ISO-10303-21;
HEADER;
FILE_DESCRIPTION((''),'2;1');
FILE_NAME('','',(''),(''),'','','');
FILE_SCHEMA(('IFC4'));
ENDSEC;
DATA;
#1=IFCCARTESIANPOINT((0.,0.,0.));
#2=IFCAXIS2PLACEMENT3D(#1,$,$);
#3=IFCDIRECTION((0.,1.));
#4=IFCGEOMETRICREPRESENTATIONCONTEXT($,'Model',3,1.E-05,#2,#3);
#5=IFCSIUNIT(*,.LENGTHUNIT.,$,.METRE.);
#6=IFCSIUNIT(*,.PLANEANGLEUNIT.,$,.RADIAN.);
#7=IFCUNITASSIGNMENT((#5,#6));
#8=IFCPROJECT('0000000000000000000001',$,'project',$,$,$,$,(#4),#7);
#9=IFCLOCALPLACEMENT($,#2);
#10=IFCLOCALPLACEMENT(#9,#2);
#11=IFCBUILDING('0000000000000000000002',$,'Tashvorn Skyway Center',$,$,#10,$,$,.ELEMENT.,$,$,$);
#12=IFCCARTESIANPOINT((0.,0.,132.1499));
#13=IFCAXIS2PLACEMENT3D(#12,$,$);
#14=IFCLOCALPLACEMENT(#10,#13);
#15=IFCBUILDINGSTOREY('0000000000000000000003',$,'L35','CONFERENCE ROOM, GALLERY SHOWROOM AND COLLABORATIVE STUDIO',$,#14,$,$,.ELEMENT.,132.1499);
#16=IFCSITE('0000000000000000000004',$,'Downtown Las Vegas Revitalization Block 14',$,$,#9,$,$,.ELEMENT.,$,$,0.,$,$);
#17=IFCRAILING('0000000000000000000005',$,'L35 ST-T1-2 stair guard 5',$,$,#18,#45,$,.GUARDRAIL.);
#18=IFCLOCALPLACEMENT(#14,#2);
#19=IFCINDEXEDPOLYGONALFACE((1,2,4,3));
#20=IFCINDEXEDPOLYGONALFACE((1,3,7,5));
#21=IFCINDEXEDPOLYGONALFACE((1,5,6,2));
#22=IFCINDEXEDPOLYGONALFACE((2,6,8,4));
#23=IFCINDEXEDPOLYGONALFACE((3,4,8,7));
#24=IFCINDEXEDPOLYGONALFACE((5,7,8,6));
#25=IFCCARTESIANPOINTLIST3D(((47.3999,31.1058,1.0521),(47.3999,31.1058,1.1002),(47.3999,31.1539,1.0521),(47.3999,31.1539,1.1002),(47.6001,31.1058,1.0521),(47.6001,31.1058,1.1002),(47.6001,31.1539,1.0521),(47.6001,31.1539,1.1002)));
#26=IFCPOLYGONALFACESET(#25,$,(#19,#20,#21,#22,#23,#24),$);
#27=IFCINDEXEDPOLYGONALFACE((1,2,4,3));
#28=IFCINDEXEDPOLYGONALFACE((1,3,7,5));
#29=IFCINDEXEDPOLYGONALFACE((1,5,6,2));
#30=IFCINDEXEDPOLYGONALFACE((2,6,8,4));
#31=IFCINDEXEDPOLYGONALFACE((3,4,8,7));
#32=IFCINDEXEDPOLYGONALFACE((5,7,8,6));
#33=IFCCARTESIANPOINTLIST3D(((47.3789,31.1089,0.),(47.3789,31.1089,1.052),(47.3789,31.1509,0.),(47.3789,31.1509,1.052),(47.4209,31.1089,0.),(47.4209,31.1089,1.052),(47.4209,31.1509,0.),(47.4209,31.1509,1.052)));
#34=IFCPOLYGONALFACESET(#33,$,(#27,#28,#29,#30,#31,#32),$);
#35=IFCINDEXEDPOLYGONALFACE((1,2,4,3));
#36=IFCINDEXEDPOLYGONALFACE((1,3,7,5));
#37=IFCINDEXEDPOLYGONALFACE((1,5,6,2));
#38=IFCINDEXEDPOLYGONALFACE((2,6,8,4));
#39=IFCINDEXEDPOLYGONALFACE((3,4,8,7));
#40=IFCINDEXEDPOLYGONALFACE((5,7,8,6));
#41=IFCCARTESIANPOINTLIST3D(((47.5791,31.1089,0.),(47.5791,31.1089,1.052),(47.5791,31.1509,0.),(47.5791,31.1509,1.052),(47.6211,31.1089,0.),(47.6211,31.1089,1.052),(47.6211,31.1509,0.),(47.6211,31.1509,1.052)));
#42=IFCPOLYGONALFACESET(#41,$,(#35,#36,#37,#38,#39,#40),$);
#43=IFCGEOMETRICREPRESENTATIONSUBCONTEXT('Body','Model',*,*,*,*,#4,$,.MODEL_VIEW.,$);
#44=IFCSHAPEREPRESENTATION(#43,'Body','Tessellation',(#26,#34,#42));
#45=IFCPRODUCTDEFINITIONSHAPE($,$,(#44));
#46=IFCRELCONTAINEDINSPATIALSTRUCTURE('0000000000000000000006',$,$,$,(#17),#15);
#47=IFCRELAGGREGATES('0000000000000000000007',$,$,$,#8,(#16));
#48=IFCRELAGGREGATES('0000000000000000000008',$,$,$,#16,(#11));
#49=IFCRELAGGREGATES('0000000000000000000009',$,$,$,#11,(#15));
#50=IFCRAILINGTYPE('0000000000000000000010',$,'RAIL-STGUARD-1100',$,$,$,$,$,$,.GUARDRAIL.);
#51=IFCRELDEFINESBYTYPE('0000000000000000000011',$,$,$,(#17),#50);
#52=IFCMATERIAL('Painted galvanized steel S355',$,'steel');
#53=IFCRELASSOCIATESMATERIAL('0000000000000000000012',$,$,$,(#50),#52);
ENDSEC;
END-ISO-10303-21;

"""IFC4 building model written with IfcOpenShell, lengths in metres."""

from ifc_helpers import new_model, si_unit, direction, frame, origin, origin_2d, place, context, subcontext, project, spatial, rectangle, extrude, material, type_object, element, save


model = new_model("IFC4")

# Units and contexts
model_context = context("Model", 3, precision=1e-05, world=origin(), true_north=direction((0.0, 1.0)))
body_context = subcontext(model_context, "Body", "Model", "MODEL_VIEW")
ifc_project = project(units=[si_unit("LENGTHUNIT", "METRE"), si_unit("PLANEANGLEUNIT", "RADIAN")], contexts=[model_context])

# Site, building, storey
site_placement = place(None, origin())
site = spatial("IfcSite", under=ifc_project, at=site_placement, Name="Downtown Las Vegas Revitalization Block 14", CompositionType="ELEMENT", RefElevation=0.0)
building_placement = place(site_placement, origin())
building = spatial("IfcBuilding", under=site, at=building_placement, Name="Tashvorn Skyway Center", CompositionType="ELEMENT")
storey_placement = place(building_placement, frame((0.0, 0.0, 132.1499)))
storey = spatial("IfcBuildingStorey", under=building, at=storey_placement, Name="L35", Description="CONFERENCE ROOM, GALLERY SHOWROOM AND COLLABORATIVE STUDIO", CompositionType="ELEMENT", Elevation=132.1499)

# Railing
ifc_material_1 = material(Name="Painted galvanized steel S355", Category="steel")
railing_type_1 = type_object("IfcRailingType", Name="RAIL-STGUARD-1100", PredefinedType="GUARDRAIL", material=ifc_material_1)
railing_1_placement = place(storey_placement, frame((47.3999, 31.1299, 0.0)))
element("IfcRailing", 1, at=railing_1_placement, inside=storey, type_object=railing_type_1, Name="L35 ST-T1-2 stair guard 5", PredefinedType="GUARDRAIL", context=body_context, shape_type="SweptSolid", body=[
    extrude(rectangle(XDim=0.0481, YDim=0.0481, at=origin_2d()), frame((0.0, 0.0, 1.0762), z_axis=(1.0, 0.0, 0.0), x_axis=(0.0, 1.0, 0.0)), (0.0, 0.0, 1.0), 0.2002),
    extrude(rectangle(XDim=0.042, YDim=0.042, at=origin_2d()), origin(), (0.0, 0.0, 1.0), 1.052),
    extrude(rectangle(XDim=0.042, YDim=0.042, at=origin_2d()), frame((0.2002, 0.0, 0.0)), (0.0, 0.0, 1.0), 1.052),
])

save(model, "model.ifc")
